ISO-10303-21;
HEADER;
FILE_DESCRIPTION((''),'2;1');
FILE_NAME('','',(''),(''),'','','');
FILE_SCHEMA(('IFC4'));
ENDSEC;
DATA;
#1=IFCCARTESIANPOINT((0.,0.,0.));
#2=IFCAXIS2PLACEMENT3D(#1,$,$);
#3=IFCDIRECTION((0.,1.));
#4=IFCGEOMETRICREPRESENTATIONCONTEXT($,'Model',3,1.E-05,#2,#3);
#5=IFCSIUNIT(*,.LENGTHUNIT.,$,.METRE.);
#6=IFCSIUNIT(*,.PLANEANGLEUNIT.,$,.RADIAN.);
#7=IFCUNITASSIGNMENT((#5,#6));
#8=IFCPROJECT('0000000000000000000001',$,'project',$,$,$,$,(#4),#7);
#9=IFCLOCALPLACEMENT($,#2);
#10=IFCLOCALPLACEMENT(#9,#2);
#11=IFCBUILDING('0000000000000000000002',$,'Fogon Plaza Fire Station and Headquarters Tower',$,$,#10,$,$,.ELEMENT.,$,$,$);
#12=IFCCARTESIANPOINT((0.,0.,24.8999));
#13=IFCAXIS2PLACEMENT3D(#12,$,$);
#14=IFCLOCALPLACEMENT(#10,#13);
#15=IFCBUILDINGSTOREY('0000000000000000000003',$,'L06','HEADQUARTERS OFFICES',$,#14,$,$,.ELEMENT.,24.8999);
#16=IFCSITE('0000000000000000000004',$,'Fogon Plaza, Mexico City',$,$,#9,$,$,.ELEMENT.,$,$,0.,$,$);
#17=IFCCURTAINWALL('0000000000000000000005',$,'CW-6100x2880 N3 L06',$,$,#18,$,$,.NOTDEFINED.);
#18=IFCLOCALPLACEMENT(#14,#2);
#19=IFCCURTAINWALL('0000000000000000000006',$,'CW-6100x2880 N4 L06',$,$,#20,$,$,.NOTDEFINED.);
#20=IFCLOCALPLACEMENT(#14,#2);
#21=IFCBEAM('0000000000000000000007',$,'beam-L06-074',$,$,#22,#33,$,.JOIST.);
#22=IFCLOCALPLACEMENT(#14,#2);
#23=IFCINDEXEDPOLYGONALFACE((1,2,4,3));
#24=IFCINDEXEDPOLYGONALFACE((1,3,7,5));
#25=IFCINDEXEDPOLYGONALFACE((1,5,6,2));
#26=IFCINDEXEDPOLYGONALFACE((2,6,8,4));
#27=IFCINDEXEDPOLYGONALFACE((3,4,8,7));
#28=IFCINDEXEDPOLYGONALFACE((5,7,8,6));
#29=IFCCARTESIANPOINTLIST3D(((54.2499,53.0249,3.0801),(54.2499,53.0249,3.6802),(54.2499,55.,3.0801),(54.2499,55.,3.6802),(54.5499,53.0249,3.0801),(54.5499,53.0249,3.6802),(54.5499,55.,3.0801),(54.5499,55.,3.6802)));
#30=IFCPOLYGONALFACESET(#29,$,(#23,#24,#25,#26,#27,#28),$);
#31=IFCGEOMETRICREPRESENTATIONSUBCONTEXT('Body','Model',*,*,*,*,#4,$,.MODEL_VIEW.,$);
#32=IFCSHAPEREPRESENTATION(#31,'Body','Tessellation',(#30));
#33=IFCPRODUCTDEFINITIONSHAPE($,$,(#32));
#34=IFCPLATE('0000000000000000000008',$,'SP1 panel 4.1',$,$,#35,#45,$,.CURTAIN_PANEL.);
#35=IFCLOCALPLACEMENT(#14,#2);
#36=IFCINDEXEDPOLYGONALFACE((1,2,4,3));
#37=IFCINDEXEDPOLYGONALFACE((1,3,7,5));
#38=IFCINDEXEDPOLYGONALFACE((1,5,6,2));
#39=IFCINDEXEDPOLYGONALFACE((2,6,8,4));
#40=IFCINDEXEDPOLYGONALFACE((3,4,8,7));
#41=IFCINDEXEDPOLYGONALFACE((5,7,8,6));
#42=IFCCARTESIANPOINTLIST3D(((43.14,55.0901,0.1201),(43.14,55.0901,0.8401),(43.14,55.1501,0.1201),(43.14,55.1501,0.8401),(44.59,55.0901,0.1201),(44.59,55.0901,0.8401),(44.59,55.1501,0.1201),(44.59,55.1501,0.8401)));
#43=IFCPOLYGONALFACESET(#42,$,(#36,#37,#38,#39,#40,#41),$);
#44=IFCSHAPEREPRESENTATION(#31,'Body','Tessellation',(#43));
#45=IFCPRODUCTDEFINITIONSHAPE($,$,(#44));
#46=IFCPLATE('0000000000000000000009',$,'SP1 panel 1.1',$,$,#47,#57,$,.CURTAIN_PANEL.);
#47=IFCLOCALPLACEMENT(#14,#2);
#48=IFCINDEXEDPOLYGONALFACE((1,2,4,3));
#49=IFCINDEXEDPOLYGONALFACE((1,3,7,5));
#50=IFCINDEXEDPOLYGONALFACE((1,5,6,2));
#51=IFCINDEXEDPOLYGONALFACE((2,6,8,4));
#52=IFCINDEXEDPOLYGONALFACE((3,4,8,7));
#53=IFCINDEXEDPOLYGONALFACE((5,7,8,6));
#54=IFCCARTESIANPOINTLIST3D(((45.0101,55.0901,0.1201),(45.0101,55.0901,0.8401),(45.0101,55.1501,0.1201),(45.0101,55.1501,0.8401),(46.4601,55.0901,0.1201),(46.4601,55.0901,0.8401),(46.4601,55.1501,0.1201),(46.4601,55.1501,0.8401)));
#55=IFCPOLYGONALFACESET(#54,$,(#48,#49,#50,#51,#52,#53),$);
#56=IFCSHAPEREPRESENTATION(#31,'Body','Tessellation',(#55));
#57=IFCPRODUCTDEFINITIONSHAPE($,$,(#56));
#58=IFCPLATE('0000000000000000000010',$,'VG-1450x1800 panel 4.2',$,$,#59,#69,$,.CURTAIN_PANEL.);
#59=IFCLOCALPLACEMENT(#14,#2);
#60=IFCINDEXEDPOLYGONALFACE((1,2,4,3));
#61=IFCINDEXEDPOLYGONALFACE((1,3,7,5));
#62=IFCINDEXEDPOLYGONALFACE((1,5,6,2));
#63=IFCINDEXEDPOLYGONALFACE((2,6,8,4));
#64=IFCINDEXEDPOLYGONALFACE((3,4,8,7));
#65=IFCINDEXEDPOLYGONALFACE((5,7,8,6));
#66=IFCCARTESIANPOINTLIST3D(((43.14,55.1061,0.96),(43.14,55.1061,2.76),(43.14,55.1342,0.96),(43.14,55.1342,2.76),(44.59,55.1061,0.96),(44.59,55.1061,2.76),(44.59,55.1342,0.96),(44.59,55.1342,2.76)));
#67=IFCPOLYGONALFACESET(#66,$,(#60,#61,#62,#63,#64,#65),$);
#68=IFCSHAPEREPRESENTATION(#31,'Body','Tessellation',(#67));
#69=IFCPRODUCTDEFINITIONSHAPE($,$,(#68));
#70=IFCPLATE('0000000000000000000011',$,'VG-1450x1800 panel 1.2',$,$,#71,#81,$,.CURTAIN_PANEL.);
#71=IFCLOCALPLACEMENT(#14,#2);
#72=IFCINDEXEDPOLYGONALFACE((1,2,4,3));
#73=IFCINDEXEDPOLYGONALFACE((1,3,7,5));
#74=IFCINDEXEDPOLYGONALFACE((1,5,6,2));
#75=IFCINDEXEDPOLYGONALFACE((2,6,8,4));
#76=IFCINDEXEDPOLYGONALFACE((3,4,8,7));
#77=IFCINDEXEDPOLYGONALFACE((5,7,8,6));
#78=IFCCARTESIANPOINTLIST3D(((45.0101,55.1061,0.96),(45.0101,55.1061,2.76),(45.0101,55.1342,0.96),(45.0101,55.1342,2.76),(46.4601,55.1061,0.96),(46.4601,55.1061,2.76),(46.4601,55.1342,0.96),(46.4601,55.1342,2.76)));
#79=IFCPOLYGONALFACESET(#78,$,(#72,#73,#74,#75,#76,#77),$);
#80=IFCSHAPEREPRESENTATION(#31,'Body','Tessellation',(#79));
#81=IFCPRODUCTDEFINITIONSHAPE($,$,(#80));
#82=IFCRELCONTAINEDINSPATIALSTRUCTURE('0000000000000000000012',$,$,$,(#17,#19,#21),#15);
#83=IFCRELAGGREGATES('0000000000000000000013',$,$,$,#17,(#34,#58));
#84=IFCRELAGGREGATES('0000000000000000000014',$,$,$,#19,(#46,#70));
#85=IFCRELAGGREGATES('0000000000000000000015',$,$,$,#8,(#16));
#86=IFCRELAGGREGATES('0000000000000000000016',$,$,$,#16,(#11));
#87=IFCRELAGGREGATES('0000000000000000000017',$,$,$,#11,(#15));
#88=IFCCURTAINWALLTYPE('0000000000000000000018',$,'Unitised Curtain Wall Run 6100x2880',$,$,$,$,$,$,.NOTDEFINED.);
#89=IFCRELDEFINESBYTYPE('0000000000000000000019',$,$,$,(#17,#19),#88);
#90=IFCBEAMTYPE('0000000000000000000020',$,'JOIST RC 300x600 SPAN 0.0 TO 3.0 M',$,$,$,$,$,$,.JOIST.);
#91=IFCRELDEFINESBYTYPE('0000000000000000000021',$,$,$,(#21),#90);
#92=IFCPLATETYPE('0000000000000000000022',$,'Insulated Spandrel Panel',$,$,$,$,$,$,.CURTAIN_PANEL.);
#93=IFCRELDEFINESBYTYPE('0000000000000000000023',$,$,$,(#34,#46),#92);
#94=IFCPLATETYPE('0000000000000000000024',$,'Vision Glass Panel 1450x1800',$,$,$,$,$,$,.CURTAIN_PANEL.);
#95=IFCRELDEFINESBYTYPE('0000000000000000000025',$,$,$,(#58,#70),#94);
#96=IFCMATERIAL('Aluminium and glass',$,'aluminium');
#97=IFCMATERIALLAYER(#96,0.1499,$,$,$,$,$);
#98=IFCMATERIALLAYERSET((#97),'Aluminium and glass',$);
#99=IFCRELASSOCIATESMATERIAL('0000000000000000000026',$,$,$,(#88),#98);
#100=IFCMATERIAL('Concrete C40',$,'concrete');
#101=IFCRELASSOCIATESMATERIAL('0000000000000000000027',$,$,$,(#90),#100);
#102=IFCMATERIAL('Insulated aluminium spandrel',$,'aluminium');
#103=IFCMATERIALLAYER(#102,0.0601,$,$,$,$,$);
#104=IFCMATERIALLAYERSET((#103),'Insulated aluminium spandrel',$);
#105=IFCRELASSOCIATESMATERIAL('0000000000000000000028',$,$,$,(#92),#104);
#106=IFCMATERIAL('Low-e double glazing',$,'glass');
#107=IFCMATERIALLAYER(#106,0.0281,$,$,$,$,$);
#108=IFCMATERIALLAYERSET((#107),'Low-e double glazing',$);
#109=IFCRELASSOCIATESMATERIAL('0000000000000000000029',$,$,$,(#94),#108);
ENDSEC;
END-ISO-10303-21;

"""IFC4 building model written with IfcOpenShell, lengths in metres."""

from ifc_helpers import new_model, si_unit, direction, frame, origin, origin_2d, place, context, subcontext, project, spatial, rectangle, extrude, material, layer, layer_set, material_profile, profile_set, type_object, element, aggregate, save


model = new_model("IFC4")

# Units and contexts
model_context = context("Model", 3, precision=1e-05, world=origin(), true_north=direction((0.0, 1.0)))
body_context = subcontext(model_context, "Body", "Model", "MODEL_VIEW")
ifc_project = project(units=[si_unit("LENGTHUNIT", "METRE"), si_unit("PLANEANGLEUNIT", "RADIAN")], contexts=[model_context])

# Site, building, storey
site_placement = place(None, origin())
site = spatial("IfcSite", under=ifc_project, at=site_placement, Name="Fogon Plaza, Mexico City", CompositionType="ELEMENT", RefElevation=0.0)
building_placement = place(site_placement, origin())
building = spatial("IfcBuilding", under=site, at=building_placement, Name="Fogon Plaza Fire Station and Headquarters Tower", CompositionType="ELEMENT")
storey_placement = place(building_placement, frame((0.0, 0.0, 24.8999)))
storey = spatial("IfcBuildingStorey", under=building, at=storey_placement, Name="L06", Description="HEADQUARTERS OFFICES", CompositionType="ELEMENT", Elevation=24.8999)

# Curtain walls
ifc_material_1 = material(Name="Aluminium and glass", Category="aluminium")
ifc_layer_1 = layer(ifc_material_1, 0.1499)
ifc_layer_set_1 = layer_set([ifc_layer_1], Name="Aluminium and glass")
curtain_wall_type = type_object("IfcCurtainWallType", Name="Unitised Curtain Wall Run 6100x2880", PredefinedType="NOTDEFINED", material=ifc_layer_set_1)
curtain_wall_1_placement = place(storey_placement, origin())
curtain_wall_1 = element("IfcCurtainWall", 1, at=curtain_wall_1_placement, inside=storey, type_object=curtain_wall_type, Name="CW-6100x2880 N3 L06", PredefinedType="NOTDEFINED")
curtain_wall_2_placement = place(storey_placement, origin())
curtain_wall_2 = element("IfcCurtainWall", 2, at=curtain_wall_2_placement, inside=storey, type_object=curtain_wall_type, Name="CW-6100x2880 N4 L06", PredefinedType="NOTDEFINED")

# Beam
ifc_material_2 = material(Name="Concrete C40", Category="concrete")
ifc_material_profile_1 = material_profile(ifc_material_2, rectangle(XDim=0.3, YDim=0.6001, at=origin_2d()), Name="RC 300x600")
ifc_profile_set_1 = profile_set([ifc_material_profile_1], Name="Concrete C40")
beam_type = type_object("IfcBeamType", Name="JOIST RC 300x600 SPAN 0.0 TO 3.0 M", PredefinedType="JOIST", material=ifc_profile_set_1)
for number, where, z_axis, x_axis, name in (
    (3, (54.3999, 53.0249, 3.3801), (0.0, 1.0, 0.0), (-1.0, 0.0, 0.0), "beam-L06-074"),
):
    element("IfcBeam", number, at=place(storey_placement, frame(where, z_axis=z_axis, x_axis=x_axis)), inside=storey, type_object=beam_type, Name=name, PredefinedType="JOIST", context=body_context, shape_type="SweptSolid", body=[
        extrude(rectangle(XDim=0.3, YDim=0.6001, at=origin_2d()), origin(), (0.0, 0.0, 1.0), 1.9751),
    ])

# Plates
ifc_material_3 = material(Name="Insulated aluminium spandrel", Category="aluminium")
ifc_layer_2 = layer(ifc_material_3, 0.0601)
ifc_layer_set_2 = layer_set([ifc_layer_2], Name="Insulated aluminium spandrel")
plate_type_1 = type_object("IfcPlateType", Name="Insulated Spandrel Panel", PredefinedType="CURTAIN_PANEL", material=ifc_layer_set_2)
plate_1_placement = place(storey_placement, frame((43.865, 55.1201, 0.1201), z_axis=(0.0, 0.0, 1.0), x_axis=(1.0, 0.0, 0.0)))
plate_1 = element("IfcPlate", 4, at=plate_1_placement, type_object=plate_type_1, Name="SP1 panel 4.1", PredefinedType="CURTAIN_PANEL", context=body_context, shape_type="SweptSolid", body=[
    extrude(rectangle(XDim=1.45, YDim=0.0601, at=origin_2d()), origin(), (0.0, 0.0, 1.0), 0.72),
])
plate_2_placement = place(storey_placement, frame((45.7351, 55.1201, 0.1201), z_axis=(0.0, 0.0, 1.0), x_axis=(1.0, 0.0, 0.0)))
plate_2 = element("IfcPlate", 5, at=plate_2_placement, type_object=plate_type_1, Name="SP1 panel 1.1", PredefinedType="CURTAIN_PANEL", context=body_context, shape_type="SweptSolid", body=[
    extrude(rectangle(XDim=1.45, YDim=0.0601, at=origin_2d()), origin(), (0.0, 0.0, 1.0), 0.72),
])
ifc_material_4 = material(Name="Low-e double glazing", Category="glass")
ifc_layer_3 = layer(ifc_material_4, 0.0281)
ifc_layer_set_3 = layer_set([ifc_layer_3], Name="Low-e double glazing")
plate_type_2 = type_object("IfcPlateType", Name="Vision Glass Panel 1450x1800", PredefinedType="CURTAIN_PANEL", material=ifc_layer_set_3)
plate_3_placement = place(storey_placement, frame((43.865, 55.1201, 0.96), z_axis=(0.0, 0.0, 1.0), x_axis=(1.0, 0.0, 0.0)))
plate_3 = element("IfcPlate", 6, at=plate_3_placement, type_object=plate_type_2, Name="VG-1450x1800 panel 4.2", PredefinedType="CURTAIN_PANEL", context=body_context, shape_type="SweptSolid", body=[
    extrude(rectangle(XDim=1.45, YDim=0.0281, at=origin_2d()), origin(), (0.0, 0.0, 1.0), 1.8),
])
aggregate(curtain_wall_1, [plate_1, plate_3])
plate_4_placement = place(storey_placement, frame((45.7351, 55.1201, 0.96), z_axis=(0.0, 0.0, 1.0), x_axis=(1.0, 0.0, 0.0)))
plate_4 = element("IfcPlate", 7, at=plate_4_placement, type_object=plate_type_2, Name="VG-1450x1800 panel 1.2", PredefinedType="CURTAIN_PANEL", context=body_context, shape_type="SweptSolid", body=[
    extrude(rectangle(XDim=1.45, YDim=0.0281, at=origin_2d()), origin(), (0.0, 0.0, 1.0), 1.8),
])
aggregate(curtain_wall_2, [plate_2, plate_4])

save(model, "model.ifc")
